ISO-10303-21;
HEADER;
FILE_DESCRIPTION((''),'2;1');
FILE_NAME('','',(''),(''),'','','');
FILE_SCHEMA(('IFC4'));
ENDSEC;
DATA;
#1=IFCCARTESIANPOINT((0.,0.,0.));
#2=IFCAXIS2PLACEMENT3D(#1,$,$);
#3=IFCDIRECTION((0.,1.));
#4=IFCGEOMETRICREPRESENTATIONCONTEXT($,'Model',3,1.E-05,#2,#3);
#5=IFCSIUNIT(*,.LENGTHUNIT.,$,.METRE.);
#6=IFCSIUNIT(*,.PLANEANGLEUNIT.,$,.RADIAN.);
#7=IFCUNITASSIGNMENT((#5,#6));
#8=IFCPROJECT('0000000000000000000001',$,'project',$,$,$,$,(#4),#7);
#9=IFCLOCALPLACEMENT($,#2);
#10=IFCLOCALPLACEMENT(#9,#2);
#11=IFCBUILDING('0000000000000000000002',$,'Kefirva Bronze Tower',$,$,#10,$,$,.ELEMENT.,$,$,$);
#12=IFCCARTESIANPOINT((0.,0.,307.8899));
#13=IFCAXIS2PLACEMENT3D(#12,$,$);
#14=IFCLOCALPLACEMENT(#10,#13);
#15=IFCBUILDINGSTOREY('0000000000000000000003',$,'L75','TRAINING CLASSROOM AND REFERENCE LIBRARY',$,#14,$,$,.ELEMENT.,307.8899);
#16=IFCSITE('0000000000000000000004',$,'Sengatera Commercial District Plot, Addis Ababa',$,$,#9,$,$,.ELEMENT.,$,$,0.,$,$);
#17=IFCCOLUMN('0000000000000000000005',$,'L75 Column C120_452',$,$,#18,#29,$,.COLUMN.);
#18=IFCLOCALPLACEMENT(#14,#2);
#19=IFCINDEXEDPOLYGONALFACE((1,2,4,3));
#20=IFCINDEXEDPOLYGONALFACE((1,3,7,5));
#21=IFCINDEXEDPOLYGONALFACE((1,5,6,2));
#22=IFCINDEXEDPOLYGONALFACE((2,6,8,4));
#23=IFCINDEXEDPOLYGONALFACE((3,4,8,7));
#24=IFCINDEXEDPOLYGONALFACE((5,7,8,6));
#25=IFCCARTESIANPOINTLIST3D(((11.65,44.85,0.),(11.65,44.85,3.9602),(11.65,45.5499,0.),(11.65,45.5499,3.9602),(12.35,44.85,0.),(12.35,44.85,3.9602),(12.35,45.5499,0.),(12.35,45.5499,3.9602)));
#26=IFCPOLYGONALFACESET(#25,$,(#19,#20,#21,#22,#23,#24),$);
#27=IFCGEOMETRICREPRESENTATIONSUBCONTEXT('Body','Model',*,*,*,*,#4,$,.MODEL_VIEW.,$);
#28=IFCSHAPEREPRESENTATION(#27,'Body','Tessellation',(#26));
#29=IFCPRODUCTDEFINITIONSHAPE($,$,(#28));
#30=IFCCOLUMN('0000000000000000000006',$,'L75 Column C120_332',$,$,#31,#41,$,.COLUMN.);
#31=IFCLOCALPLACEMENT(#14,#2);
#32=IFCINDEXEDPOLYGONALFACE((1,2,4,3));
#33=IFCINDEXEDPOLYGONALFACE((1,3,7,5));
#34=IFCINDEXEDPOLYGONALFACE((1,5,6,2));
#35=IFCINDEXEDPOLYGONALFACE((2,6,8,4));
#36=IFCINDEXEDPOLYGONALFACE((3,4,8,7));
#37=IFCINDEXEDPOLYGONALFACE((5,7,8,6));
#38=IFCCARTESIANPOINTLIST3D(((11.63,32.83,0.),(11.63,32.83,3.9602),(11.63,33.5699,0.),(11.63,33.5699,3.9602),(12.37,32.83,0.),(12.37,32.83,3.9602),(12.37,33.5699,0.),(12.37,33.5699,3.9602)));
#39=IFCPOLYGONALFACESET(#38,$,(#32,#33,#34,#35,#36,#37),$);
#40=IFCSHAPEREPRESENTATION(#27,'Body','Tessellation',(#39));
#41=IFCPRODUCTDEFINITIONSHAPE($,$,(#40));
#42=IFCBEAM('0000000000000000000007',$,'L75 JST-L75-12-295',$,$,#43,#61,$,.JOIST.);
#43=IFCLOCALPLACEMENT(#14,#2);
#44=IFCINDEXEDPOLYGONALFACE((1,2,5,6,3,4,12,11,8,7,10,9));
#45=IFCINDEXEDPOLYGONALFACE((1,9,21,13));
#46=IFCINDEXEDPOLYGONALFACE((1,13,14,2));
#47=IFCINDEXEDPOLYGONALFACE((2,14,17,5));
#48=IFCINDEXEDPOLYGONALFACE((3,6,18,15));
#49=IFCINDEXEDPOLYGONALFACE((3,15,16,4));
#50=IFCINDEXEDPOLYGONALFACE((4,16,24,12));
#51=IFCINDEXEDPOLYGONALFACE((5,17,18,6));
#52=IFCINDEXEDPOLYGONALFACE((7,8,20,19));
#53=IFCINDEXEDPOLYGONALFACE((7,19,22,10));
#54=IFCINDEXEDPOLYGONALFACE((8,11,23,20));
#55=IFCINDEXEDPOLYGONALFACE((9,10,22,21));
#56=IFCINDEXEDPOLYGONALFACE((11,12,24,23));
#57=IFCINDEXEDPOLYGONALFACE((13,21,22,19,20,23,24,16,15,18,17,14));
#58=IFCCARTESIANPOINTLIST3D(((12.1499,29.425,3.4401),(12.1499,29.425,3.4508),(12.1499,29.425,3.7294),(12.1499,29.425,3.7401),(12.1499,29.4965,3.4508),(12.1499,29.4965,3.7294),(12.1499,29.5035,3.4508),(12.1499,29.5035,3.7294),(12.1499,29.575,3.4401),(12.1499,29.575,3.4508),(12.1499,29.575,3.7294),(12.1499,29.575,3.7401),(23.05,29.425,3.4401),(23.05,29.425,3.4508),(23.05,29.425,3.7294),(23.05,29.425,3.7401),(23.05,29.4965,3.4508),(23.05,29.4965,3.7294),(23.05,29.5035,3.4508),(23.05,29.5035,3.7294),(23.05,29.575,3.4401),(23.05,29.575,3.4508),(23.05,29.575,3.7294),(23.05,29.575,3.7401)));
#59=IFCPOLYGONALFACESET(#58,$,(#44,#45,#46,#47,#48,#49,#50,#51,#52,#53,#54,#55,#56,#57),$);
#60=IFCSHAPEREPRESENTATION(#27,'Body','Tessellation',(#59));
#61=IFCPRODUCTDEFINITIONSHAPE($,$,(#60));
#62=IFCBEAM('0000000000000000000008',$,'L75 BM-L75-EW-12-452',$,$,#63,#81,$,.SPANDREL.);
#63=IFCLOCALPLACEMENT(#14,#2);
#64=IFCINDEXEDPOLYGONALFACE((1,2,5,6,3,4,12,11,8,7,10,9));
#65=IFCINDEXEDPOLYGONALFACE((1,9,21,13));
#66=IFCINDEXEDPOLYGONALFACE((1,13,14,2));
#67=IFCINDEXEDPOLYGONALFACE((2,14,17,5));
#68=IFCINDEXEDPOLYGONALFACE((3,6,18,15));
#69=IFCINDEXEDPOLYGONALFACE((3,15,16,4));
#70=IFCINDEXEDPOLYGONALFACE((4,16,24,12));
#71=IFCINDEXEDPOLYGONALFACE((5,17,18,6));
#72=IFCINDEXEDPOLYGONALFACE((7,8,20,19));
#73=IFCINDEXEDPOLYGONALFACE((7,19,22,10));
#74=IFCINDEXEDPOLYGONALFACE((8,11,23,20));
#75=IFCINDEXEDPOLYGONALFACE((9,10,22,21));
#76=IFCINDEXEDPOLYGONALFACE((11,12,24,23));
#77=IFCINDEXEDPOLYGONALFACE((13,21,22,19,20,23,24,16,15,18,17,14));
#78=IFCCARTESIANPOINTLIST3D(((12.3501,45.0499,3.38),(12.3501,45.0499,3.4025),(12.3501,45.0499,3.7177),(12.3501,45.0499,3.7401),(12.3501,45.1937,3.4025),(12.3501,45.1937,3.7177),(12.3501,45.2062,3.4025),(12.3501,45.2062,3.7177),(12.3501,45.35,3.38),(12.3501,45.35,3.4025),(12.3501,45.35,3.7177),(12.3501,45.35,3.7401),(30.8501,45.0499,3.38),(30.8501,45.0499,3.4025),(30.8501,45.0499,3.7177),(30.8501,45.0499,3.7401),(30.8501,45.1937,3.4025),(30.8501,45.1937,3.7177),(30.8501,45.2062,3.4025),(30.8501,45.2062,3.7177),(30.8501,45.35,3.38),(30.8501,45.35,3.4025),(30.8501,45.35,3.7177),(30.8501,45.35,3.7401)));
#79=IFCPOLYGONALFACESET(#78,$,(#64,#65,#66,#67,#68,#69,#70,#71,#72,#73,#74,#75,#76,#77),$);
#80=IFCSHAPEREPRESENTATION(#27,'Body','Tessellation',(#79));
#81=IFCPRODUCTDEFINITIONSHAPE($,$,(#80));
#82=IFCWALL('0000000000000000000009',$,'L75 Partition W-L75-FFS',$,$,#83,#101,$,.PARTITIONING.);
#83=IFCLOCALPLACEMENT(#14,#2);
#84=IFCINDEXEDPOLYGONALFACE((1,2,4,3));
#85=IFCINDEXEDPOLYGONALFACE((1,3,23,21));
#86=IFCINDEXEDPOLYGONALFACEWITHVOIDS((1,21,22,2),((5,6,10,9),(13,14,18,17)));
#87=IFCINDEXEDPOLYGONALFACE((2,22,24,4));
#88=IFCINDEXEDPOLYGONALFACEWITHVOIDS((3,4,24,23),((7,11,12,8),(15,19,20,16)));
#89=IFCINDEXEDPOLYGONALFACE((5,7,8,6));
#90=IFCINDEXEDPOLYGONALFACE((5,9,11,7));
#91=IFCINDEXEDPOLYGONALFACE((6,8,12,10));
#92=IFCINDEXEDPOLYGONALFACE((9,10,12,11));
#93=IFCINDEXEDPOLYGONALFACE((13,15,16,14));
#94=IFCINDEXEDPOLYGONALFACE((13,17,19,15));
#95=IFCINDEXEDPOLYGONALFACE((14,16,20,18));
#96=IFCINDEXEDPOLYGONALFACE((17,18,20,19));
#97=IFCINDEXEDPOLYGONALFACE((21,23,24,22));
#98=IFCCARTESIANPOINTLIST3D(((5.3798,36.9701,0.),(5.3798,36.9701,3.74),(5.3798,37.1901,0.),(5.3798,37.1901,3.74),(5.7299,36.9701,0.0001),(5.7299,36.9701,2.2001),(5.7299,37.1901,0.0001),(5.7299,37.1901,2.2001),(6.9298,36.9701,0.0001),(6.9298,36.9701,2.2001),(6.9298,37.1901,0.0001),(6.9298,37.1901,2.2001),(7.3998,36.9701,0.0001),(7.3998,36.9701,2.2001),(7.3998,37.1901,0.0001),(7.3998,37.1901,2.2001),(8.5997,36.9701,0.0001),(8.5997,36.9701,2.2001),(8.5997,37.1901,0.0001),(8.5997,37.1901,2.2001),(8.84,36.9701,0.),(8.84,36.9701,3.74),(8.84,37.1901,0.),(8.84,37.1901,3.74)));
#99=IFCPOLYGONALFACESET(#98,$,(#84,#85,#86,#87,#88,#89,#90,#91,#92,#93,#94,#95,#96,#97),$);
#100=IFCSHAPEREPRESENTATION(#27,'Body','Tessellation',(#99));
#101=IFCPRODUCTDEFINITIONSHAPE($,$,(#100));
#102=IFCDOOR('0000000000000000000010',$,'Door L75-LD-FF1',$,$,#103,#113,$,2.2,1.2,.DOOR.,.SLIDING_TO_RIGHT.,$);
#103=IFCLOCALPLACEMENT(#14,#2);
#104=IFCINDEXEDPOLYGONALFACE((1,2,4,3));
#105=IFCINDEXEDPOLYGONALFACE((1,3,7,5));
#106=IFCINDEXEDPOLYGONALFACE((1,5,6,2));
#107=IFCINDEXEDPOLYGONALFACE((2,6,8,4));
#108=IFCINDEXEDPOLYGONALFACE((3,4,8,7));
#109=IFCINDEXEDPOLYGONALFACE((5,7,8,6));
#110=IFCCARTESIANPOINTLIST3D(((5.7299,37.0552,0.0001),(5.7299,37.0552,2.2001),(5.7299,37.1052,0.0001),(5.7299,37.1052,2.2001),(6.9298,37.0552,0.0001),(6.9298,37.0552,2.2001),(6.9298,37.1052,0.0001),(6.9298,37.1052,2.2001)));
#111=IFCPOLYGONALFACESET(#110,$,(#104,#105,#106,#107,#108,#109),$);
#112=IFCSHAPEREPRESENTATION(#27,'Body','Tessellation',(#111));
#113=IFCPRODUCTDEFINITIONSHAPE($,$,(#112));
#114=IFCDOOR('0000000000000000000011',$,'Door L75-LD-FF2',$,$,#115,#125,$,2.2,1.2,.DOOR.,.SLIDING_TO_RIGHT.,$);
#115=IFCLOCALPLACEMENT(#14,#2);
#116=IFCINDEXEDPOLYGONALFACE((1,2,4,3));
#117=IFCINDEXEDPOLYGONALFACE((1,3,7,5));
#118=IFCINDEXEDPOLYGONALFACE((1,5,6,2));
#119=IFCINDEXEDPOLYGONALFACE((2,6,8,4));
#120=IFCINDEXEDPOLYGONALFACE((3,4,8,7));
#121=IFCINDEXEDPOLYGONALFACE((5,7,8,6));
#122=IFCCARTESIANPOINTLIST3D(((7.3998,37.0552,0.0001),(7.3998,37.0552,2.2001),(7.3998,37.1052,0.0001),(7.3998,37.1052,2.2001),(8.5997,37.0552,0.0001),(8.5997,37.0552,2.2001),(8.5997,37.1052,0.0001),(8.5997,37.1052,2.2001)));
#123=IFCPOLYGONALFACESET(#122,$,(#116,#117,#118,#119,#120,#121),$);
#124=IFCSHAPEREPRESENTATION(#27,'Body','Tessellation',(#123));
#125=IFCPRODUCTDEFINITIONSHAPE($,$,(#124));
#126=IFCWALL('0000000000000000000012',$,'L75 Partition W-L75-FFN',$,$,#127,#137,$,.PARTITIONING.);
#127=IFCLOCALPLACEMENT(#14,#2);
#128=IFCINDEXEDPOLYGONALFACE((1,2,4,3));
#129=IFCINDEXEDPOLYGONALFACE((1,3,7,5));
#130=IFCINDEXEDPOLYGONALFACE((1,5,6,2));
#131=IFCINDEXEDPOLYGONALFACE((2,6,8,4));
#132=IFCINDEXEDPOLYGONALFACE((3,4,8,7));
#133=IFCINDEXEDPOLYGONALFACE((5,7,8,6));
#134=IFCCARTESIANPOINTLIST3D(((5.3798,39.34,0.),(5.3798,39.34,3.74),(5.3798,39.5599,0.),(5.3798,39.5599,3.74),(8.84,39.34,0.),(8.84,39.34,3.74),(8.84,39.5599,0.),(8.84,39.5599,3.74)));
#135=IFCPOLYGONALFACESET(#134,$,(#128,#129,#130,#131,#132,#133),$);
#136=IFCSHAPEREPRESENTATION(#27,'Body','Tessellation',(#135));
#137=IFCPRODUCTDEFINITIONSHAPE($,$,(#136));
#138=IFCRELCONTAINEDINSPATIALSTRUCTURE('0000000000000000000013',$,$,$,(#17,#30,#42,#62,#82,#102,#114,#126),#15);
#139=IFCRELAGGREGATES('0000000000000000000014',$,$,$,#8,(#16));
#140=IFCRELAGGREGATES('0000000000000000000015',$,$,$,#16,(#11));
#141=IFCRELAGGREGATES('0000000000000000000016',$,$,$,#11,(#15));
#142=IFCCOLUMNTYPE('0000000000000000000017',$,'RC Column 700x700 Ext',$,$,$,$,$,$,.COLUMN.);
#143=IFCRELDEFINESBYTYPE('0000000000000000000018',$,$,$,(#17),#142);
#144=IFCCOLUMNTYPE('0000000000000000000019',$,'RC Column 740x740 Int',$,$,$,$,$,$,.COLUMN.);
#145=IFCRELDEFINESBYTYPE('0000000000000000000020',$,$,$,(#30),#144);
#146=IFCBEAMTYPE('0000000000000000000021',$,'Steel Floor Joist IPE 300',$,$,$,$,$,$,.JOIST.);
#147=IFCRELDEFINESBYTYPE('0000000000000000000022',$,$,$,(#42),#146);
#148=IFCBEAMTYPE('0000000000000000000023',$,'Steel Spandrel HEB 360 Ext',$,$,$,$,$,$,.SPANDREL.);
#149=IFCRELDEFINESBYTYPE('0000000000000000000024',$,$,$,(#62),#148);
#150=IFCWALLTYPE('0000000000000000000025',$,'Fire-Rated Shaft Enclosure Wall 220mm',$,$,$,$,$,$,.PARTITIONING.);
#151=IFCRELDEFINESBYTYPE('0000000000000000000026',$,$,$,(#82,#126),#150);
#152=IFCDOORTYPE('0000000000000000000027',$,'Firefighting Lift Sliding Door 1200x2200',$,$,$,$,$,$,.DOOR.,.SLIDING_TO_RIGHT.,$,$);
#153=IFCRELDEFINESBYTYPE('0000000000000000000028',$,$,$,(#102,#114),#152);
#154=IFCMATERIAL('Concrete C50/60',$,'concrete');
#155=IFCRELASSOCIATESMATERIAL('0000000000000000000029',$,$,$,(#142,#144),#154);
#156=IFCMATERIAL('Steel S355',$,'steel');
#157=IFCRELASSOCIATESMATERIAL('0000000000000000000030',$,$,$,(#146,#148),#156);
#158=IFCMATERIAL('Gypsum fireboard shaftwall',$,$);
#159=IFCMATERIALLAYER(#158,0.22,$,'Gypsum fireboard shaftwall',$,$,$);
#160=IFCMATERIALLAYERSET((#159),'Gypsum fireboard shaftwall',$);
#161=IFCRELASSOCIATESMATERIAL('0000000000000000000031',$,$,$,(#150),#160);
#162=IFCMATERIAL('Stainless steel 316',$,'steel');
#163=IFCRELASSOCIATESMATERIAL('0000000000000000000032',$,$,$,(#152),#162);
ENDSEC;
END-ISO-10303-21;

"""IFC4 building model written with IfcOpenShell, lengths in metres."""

from ifc_helpers import new_model, si_unit, direction, frame, frame_2d, origin, origin_2d, place, context, subcontext, project, spatial, rectangle, i_section, extrude, material, layer, layer_set, material_profile, profile_set, type_object, element, fill, save


model = new_model("IFC4")

# Units and contexts
model_context = context("Model", 3, precision=1e-05, world=origin(), true_north=direction((0.0, 1.0)))
body_context = subcontext(model_context, "Body", "Model", "MODEL_VIEW")
ifc_project = project(units=[si_unit("LENGTHUNIT", "METRE"), si_unit("PLANEANGLEUNIT", "RADIAN")], contexts=[model_context])

# Site, building, storey
site_placement = place(None, origin())
site = spatial("IfcSite", under=ifc_project, at=site_placement, Name="Sengatera Commercial District Plot, Addis Ababa", CompositionType="ELEMENT", RefElevation=0.0)
building_placement = place(site_placement, origin())
building = spatial("IfcBuilding", under=site, at=building_placement, Name="Kefirva Bronze Tower", CompositionType="ELEMENT")
storey_placement = place(building_placement, frame((0.0, 0.0, 307.8899)))
storey = spatial("IfcBuildingStorey", under=building, at=storey_placement, Name="L75", Description="TRAINING CLASSROOM AND REFERENCE LIBRARY", CompositionType="ELEMENT", Elevation=307.8899)

# Columns
ifc_material_1 = material(Name="Concrete C50/60", Category="concrete")
ifc_material_profile_1 = material_profile(ifc_material_1, rectangle(XDim=0.7, YDim=0.7, at=origin_2d()), Name="RC 700x700")
ifc_profile_set_1 = profile_set([ifc_material_profile_1], Name="Concrete C50/60")
column_type_1 = type_object("IfcColumnType", Name="RC Column 700x700 Ext", PredefinedType="COLUMN", material=ifc_profile_set_1)
column_1_placement = place(storey_placement, frame((12.0, 45.2, 0.0), z_axis=(0.0, 0.0, 1.0), x_axis=(1.0, 0.0, 0.0)))
element("IfcColumn", 1, at=column_1_placement, inside=storey, type_object=column_type_1, Name="L75 Column C120_452", PredefinedType="COLUMN", context=body_context, shape_type="SweptSolid", body=[
    extrude(rectangle(XDim=0.7, YDim=0.7, at=origin_2d()), origin(), (0.0, 0.0, 1.0), 3.9602),
])
ifc_material_profile_2 = material_profile(ifc_material_1, rectangle(XDim=0.74, YDim=0.74, at=origin_2d()), Name="RC 740x740")
ifc_profile_set_2 = profile_set([ifc_material_profile_2], Name="Concrete C50/60")
column_type_2 = type_object("IfcColumnType", Name="RC Column 740x740 Int", PredefinedType="COLUMN", material=ifc_profile_set_2)
column_2_placement = place(storey_placement, frame((12.0, 33.2, 0.0), z_axis=(0.0, 0.0, 1.0), x_axis=(1.0, 0.0, 0.0)))
element("IfcColumn", 2, at=column_2_placement, inside=storey, type_object=column_type_2, Name="L75 Column C120_332", PredefinedType="COLUMN", context=body_context, shape_type="SweptSolid", body=[
    extrude(rectangle(XDim=0.74, YDim=0.74, at=origin_2d()), origin(), (0.0, 0.0, 1.0), 3.9602),
])

# Beams
ifc_material_2 = material(Name="Steel S355", Category="steel")
ifc_material_profile_3 = material_profile(ifc_material_2, i_section(OverallWidth=0.1499, OverallDepth=0.3, WebThickness=0.0071, FlangeThickness=0.0107, at=origin_2d()), Name="IPE 300")
ifc_profile_set_3 = profile_set([ifc_material_profile_3], Name="Steel S355")
beam_type_1 = type_object("IfcBeamType", Name="Steel Floor Joist IPE 300", PredefinedType="JOIST", material=ifc_profile_set_3)
beam_1_placement = place(storey_placement, frame((12.1499, 29.5, 3.5901), z_axis=(1.0, 0.0, 0.0), x_axis=(0.0, 1.0, 0.0)))
element("IfcBeam", 3, at=beam_1_placement, inside=storey, type_object=beam_type_1, Name="L75 JST-L75-12-295", PredefinedType="JOIST", context=body_context, shape_type="SweptSolid", body=[
    extrude(i_section(OverallWidth=0.1499, OverallDepth=0.3, WebThickness=0.0071, FlangeThickness=0.0107, at=origin_2d()), origin(), (0.0, 0.0, 1.0), 10.9001),
])
ifc_material_profile_4 = material_profile(ifc_material_2, i_section(OverallWidth=0.3, OverallDepth=0.3601, WebThickness=0.0125, FlangeThickness=0.0225, at=origin_2d()), Name="HEB 360")
ifc_profile_set_4 = profile_set([ifc_material_profile_4], Name="Steel S355")
beam_type_2 = type_object("IfcBeamType", Name="Steel Spandrel HEB 360 Ext", PredefinedType="SPANDREL", material=ifc_profile_set_4)
beam_2_placement = place(storey_placement, frame((12.3501, 45.2, 3.5601), z_axis=(1.0, 0.0, 0.0), x_axis=(0.0, 1.0, 0.0)))
element("IfcBeam", 4, at=beam_2_placement, inside=storey, type_object=beam_type_2, Name="L75 BM-L75-EW-12-452", PredefinedType="SPANDREL", context=body_context, shape_type="SweptSolid", body=[
    extrude(i_section(OverallWidth=0.3, OverallDepth=0.3601, WebThickness=0.0125, FlangeThickness=0.0225, at=origin_2d()), origin(), (0.0, 0.0, 1.0), 18.5),
])

# Wall, openings, doors
ifc_material_3 = material(Name="Gypsum fireboard shaftwall")
ifc_layer_1 = layer(ifc_material_3, 0.22, Name="Gypsum fireboard shaftwall")
ifc_layer_set_1 = layer_set([ifc_layer_1], Name="Gypsum fireboard shaftwall")
wall_type_1 = type_object("IfcWallType", Name="Fire-Rated Shaft Enclosure Wall 220mm", PredefinedType="PARTITIONING", material=ifc_layer_set_1)
wall_1_placement = place(storey_placement, frame((5.3799, 37.0801, 0.0), z_axis=(0.0, 0.0, 1.0), x_axis=(1.0, 0.0, 0.0)))
wall_1 = element("IfcWall", 5, at=wall_1_placement, inside=storey, type_object=wall_type_1, Name="L75 Partition W-L75-FFS", PredefinedType="PARTITIONING", context=body_context, shape_type="SweptSolid", body=[
    extrude(rectangle(XDim=3.4602, YDim=0.22, at=frame_2d((1.73, 0.0))), origin(), (0.0, 0.0, 1.0), 3.74),
])
opening_1_placement = place(wall_1_placement, frame((1.55, 0.0, 0.0), z_axis=(0.0, 0.0, 1.0), x_axis=(-1.0, 0.0, 0.0)))
opening_1 = element("IfcOpeningElement", 6, at=opening_1_placement, cuts=wall_1, PredefinedType="OPENING", context=body_context, shape_type="SweptSolid", body=[
    extrude(rectangle(XDim=1.2, YDim=2.2, at=frame_2d((0.6001, 1.1001))), frame((0.0, 0.1201, 0.0), z_axis=(0.0, -1.0, 0.0), x_axis=(1.0, 0.0, 0.0)), (0.0, 0.0, 1.0), 0.24),
])
opening_2_placement = place(wall_1_placement, frame((3.22, 0.0, 0.0), z_axis=(0.0, 0.0, 1.0), x_axis=(-1.0, 0.0, 0.0)))
opening_2 = element("IfcOpeningElement", 7, at=opening_2_placement, cuts=wall_1, PredefinedType="OPENING", context=body_context, shape_type="SweptSolid", body=[
    extrude(rectangle(XDim=1.2, YDim=2.2, at=frame_2d((0.6001, 1.1001))), frame((0.0, 0.1201, 0.0), z_axis=(0.0, -1.0, 0.0), x_axis=(1.0, 0.0, 0.0)), (0.0, 0.0, 1.0), 0.24),
])
ifc_material_4 = material(Name="Stainless steel 316", Category="steel")
door_type_1 = type_object("IfcDoorType", Name="Firefighting Lift Sliding Door 1200x2200", OperationType="SLIDING_TO_RIGHT", PredefinedType="DOOR", material=ifc_material_4)
door_1_placement = place(opening_1_placement, origin())
door_1 = element("IfcDoor", 8, at=door_1_placement, inside=storey, type_object=door_type_1, Name="Door L75-LD-FF1", OperationType="SLIDING_TO_RIGHT", OverallHeight=2.2, OverallWidth=1.2, PredefinedType="DOOR", context=body_context, shape_type="SweptSolid", body=[
    extrude(rectangle(XDim=1.2, YDim=2.2, at=frame_2d((0.6001, 1.1001))), frame((0.0, 0.0249, 0.0), z_axis=(0.0, -1.0, 0.0), x_axis=(1.0, 0.0, 0.0)), (0.0, 0.0, 1.0), 0.05),
])
fill(opening_1, door_1)
door_2_placement = place(opening_2_placement, origin())
door_2 = element("IfcDoor", 9, at=door_2_placement, inside=storey, type_object=door_type_1, Name="Door L75-LD-FF2", OperationType="SLIDING_TO_RIGHT", OverallHeight=2.2, OverallWidth=1.2, PredefinedType="DOOR", context=body_context, shape_type="SweptSolid", body=[
    extrude(rectangle(XDim=1.2, YDim=2.2, at=frame_2d((0.6001, 1.1001))), frame((0.0, 0.0249, 0.0), z_axis=(0.0, -1.0, 0.0), x_axis=(1.0, 0.0, 0.0)), (0.0, 0.0, 1.0), 0.05),
])
fill(opening_2, door_2)

# Wall
wall_2_placement = place(storey_placement, frame((5.3799, 39.45, 0.0), z_axis=(0.0, 0.0, 1.0), x_axis=(1.0, 0.0, 0.0)))
element("IfcWall", 10, at=wall_2_placement, inside=storey, type_object=wall_type_1, Name="L75 Partition W-L75-FFN", PredefinedType="PARTITIONING", context=body_context, shape_type="SweptSolid", body=[
    extrude(rectangle(XDim=3.4602, YDim=0.22, at=frame_2d((1.73, 0.0))), origin(), (0.0, 0.0, 1.0), 3.74),
])

save(model, "model.ifc")
